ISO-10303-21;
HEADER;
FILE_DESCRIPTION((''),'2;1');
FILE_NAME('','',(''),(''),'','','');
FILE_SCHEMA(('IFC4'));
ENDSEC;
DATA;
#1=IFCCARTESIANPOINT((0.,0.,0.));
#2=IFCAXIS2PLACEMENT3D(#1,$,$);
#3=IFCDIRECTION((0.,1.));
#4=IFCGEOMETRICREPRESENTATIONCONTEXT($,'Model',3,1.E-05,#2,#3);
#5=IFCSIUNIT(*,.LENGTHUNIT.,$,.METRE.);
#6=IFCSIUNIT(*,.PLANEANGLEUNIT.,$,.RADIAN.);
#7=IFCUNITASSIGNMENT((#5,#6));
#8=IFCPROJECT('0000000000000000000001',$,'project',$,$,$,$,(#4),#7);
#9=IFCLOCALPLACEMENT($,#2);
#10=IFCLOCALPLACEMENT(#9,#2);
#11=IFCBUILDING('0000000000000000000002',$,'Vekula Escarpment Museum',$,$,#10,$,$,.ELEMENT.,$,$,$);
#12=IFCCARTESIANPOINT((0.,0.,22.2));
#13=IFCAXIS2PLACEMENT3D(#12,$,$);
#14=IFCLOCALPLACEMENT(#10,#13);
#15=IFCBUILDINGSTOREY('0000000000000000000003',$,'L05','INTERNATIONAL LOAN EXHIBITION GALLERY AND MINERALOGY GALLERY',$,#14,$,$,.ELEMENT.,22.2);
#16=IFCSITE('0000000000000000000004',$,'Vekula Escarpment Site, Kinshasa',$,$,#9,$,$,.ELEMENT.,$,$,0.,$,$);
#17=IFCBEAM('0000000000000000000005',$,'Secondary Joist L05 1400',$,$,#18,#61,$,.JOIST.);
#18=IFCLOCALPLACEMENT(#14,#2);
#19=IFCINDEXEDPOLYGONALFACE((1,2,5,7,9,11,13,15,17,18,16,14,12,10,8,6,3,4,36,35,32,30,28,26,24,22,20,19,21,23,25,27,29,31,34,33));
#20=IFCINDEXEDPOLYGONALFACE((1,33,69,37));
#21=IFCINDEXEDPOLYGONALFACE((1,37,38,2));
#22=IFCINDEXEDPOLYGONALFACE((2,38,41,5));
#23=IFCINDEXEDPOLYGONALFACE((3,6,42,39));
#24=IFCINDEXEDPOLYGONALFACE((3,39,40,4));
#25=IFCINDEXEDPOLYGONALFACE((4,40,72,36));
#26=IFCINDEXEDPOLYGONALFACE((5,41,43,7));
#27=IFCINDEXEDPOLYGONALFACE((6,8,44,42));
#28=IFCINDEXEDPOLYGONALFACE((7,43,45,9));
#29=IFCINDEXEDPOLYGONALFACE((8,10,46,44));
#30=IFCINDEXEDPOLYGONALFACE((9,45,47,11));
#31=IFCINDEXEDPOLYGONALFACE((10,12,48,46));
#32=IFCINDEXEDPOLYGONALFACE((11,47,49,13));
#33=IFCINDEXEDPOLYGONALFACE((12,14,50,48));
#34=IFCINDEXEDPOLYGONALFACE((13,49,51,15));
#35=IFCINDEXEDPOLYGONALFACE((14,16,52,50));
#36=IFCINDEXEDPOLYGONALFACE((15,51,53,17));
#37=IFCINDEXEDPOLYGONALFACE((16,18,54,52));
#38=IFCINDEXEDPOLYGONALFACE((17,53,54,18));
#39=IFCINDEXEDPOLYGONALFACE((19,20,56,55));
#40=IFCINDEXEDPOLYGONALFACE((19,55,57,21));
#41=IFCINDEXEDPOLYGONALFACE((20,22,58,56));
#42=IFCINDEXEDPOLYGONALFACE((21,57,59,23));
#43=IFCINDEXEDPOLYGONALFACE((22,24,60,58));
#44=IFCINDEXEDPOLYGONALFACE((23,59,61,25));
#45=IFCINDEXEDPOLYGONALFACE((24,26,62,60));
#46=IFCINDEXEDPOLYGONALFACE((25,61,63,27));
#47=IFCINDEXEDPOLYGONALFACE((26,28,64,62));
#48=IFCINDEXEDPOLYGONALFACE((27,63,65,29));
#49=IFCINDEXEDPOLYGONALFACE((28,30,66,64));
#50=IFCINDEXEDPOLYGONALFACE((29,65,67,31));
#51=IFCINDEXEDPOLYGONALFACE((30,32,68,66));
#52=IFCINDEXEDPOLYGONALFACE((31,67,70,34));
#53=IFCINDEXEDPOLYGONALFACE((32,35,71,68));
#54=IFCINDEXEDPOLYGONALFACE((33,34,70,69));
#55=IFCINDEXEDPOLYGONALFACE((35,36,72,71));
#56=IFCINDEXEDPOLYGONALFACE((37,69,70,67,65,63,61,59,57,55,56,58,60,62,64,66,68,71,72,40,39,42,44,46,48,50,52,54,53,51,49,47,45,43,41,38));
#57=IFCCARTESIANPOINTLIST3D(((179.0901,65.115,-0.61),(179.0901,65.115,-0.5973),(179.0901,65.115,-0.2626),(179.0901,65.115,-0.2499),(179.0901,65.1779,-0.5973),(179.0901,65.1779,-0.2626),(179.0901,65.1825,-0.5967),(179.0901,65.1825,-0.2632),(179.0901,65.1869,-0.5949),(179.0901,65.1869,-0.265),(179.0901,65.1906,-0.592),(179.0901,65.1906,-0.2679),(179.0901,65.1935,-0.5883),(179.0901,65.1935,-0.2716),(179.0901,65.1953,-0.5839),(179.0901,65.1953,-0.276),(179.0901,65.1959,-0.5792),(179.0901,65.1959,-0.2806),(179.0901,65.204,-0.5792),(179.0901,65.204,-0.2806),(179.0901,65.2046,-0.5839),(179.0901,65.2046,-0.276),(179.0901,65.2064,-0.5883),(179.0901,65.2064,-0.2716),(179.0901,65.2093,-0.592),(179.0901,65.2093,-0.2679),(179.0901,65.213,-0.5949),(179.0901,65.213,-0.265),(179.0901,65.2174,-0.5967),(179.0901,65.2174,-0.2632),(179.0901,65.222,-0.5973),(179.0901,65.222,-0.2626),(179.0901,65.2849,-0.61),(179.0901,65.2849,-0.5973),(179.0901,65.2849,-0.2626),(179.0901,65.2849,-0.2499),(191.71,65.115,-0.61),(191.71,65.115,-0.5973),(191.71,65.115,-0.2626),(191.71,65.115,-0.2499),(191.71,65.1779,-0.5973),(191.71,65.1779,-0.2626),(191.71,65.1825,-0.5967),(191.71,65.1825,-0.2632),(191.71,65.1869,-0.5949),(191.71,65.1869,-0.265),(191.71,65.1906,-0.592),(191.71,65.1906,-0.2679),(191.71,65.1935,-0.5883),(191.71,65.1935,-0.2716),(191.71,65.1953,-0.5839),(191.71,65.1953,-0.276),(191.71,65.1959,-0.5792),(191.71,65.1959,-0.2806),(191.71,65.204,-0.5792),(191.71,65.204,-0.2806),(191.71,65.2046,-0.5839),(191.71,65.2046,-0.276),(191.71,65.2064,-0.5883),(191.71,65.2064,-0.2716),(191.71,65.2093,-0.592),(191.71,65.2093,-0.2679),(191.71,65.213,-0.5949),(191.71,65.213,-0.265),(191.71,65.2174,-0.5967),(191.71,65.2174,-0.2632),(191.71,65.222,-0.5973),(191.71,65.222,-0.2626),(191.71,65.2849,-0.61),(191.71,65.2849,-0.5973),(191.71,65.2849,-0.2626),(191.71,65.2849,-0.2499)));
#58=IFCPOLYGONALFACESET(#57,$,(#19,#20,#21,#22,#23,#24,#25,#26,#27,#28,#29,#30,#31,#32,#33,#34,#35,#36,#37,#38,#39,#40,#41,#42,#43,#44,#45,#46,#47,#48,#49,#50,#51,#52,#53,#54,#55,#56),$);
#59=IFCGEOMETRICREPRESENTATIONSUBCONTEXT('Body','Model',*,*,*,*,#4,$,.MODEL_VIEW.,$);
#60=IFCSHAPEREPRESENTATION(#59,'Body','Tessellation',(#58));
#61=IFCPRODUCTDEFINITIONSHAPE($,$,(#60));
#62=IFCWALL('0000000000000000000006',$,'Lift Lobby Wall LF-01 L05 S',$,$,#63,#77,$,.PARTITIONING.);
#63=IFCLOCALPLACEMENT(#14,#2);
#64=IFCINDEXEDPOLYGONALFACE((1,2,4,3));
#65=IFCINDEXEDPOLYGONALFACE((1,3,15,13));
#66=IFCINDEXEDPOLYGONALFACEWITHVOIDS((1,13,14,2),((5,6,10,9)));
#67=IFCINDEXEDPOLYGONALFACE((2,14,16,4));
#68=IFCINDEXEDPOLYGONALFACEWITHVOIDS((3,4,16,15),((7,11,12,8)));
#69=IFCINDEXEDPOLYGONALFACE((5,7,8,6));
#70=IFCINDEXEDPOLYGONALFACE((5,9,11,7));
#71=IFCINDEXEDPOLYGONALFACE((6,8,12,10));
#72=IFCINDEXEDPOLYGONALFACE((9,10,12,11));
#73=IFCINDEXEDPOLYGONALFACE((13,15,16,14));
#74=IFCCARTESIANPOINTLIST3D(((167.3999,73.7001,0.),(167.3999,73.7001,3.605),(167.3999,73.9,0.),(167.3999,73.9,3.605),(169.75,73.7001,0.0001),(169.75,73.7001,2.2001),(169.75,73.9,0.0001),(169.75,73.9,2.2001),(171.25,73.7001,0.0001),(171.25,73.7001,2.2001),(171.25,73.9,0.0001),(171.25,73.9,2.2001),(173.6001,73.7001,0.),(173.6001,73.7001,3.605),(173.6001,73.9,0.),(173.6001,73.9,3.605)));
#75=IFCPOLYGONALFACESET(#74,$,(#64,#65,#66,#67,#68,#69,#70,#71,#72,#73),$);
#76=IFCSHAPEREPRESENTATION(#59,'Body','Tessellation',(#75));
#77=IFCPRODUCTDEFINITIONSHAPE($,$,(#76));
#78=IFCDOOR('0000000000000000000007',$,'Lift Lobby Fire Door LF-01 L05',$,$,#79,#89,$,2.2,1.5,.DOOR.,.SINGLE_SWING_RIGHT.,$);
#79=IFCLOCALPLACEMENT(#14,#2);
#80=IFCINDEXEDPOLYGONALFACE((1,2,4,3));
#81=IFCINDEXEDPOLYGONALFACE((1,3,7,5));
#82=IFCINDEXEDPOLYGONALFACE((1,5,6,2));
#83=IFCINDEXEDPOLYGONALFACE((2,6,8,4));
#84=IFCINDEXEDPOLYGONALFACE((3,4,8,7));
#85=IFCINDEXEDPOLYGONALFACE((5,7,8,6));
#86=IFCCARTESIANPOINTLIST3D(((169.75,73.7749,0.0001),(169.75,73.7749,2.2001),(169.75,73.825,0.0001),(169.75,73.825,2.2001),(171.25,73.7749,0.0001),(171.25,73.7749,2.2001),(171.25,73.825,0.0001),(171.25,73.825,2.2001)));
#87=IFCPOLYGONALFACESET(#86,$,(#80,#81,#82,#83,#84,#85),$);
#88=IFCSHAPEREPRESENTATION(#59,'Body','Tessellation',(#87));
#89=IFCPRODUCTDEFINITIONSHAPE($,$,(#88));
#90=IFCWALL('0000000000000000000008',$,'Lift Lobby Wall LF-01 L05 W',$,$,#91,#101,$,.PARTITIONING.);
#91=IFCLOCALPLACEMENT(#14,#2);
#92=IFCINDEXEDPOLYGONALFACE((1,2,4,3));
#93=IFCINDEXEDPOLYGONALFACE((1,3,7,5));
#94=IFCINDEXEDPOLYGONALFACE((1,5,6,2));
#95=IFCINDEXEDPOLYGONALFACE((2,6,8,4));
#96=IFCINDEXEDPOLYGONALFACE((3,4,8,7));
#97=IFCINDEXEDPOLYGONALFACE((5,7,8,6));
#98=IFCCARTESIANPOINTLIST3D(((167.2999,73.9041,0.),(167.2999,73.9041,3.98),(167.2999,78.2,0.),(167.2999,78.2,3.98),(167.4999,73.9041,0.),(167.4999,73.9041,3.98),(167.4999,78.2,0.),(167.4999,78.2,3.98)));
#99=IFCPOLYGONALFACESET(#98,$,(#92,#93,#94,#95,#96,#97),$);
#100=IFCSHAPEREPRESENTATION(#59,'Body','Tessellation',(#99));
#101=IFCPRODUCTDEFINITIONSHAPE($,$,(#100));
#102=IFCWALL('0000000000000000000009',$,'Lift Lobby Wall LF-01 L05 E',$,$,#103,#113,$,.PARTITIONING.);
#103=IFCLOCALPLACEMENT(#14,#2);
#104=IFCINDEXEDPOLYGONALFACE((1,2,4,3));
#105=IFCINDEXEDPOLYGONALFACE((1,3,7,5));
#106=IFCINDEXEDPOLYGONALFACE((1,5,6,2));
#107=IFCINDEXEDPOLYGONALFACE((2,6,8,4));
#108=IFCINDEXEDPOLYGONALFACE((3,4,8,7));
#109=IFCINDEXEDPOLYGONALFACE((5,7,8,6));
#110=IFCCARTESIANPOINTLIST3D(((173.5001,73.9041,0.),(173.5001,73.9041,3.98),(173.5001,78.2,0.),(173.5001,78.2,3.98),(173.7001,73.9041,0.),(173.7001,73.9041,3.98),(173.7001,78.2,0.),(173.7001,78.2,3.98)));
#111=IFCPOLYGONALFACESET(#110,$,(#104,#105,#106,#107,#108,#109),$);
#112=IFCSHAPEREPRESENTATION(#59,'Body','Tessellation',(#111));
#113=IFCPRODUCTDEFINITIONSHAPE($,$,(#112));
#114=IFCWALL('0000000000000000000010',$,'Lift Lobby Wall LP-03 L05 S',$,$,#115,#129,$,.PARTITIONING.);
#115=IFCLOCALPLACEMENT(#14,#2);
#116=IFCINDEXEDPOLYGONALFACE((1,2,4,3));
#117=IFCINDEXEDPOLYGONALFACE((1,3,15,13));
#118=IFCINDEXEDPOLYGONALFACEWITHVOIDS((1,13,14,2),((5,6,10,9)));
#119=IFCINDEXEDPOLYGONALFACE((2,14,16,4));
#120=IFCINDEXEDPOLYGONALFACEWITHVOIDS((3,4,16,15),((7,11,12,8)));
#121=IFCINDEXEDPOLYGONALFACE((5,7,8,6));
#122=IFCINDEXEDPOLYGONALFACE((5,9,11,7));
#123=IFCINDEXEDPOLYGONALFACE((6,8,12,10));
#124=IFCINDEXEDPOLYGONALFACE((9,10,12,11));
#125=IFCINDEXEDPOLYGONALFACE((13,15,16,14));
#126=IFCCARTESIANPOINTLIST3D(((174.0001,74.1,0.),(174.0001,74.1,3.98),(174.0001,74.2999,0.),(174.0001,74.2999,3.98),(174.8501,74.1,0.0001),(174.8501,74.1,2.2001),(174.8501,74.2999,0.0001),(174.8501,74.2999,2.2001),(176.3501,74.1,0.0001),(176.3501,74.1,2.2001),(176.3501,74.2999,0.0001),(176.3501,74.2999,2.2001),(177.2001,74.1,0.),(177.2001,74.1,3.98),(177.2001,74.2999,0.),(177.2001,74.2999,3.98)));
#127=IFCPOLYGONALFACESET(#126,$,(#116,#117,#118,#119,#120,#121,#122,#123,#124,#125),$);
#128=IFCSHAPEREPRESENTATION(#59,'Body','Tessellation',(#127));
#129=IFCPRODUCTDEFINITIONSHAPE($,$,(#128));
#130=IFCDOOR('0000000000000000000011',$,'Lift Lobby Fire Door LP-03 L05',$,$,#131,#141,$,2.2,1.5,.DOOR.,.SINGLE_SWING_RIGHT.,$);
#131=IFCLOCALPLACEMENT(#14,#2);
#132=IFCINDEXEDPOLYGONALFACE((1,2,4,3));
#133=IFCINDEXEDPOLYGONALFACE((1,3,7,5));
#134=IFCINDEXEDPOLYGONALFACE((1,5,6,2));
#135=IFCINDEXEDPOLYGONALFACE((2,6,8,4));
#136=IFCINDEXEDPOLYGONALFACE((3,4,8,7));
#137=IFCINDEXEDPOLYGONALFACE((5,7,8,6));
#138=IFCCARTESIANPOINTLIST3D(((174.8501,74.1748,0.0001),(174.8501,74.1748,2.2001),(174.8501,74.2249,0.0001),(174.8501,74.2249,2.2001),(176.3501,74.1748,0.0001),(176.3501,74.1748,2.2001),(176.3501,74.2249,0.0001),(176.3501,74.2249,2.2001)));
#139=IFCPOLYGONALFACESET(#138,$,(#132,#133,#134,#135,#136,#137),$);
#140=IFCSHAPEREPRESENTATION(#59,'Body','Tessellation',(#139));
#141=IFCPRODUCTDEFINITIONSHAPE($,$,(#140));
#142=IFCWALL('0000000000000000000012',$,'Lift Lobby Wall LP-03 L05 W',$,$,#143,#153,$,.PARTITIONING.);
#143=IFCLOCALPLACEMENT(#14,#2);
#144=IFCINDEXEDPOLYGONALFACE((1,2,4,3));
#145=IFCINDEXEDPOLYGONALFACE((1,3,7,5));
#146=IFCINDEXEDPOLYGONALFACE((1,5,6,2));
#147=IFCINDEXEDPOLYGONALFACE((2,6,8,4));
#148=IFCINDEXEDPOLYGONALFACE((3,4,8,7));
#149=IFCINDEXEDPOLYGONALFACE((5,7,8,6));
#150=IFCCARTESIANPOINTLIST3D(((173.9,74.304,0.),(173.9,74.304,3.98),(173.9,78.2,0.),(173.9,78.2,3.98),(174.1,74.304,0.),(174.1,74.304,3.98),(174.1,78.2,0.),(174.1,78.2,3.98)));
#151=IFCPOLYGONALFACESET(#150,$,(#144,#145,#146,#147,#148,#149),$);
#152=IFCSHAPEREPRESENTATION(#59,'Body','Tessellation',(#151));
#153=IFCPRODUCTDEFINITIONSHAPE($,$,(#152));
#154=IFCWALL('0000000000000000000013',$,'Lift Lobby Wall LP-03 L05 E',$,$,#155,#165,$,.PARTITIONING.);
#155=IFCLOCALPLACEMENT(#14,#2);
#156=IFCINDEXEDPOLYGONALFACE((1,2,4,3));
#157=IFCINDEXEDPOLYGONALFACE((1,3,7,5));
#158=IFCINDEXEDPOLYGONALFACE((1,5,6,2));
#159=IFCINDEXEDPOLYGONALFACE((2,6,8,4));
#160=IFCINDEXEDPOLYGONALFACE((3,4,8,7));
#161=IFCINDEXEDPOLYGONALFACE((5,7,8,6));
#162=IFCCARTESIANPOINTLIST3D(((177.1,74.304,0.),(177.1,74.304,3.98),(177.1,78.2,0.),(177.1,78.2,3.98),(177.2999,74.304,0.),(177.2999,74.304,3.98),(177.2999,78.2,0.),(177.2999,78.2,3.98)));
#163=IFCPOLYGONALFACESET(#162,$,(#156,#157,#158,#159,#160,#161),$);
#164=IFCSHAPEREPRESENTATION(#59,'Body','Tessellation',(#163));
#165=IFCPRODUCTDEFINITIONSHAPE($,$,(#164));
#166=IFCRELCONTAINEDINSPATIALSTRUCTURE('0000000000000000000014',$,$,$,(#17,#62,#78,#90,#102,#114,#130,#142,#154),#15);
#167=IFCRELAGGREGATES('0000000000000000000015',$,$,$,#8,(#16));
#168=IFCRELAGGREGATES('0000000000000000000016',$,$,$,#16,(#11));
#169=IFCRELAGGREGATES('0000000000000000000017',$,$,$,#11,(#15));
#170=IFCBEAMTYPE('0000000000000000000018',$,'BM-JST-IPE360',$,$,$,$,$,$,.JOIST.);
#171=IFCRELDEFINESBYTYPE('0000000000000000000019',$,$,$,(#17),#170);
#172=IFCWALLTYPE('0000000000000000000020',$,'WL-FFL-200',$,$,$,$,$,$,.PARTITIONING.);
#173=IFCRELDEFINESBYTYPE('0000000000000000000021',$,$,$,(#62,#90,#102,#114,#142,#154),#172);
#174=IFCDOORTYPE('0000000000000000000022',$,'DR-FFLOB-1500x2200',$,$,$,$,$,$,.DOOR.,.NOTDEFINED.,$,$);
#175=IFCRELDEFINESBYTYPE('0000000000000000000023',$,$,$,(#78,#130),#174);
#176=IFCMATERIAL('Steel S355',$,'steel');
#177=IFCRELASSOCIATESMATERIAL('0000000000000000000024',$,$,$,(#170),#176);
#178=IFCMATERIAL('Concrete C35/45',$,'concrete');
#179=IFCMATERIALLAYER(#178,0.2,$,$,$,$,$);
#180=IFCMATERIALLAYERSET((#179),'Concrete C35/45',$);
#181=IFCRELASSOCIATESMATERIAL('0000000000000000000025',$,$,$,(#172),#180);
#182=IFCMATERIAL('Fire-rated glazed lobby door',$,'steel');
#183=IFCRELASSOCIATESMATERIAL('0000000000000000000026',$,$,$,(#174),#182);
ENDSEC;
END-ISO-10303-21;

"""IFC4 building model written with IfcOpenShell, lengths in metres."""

from ifc_helpers import new_model, si_unit, direction, frame, frame_2d, origin, origin_2d, place, context, subcontext, project, spatial, rectangle, i_section, extrude, material, layer, layer_set, material_profile, profile_set, type_object, element, fill, save


model = new_model("IFC4")

# Units and contexts
model_context = context("Model", 3, precision=1e-05, world=origin(), true_north=direction((0.0, 1.0)))
body_context = subcontext(model_context, "Body", "Model", "MODEL_VIEW")
ifc_project = project(units=[si_unit("LENGTHUNIT", "METRE"), si_unit("PLANEANGLEUNIT", "RADIAN")], contexts=[model_context])

# Site, building, storey
site_placement = place(None, origin())
site = spatial("IfcSite", under=ifc_project, at=site_placement, Name="Vekula Escarpment Site, Kinshasa", CompositionType="ELEMENT", RefElevation=0.0)
building_placement = place(site_placement, origin())
building = spatial("IfcBuilding", under=site, at=building_placement, Name="Vekula Escarpment Museum", CompositionType="ELEMENT")
storey_placement = place(building_placement, frame((0.0, 0.0, 22.2)))
storey = spatial("IfcBuildingStorey", under=building, at=storey_placement, Name="L05", Description="INTERNATIONAL LOAN EXHIBITION GALLERY AND MINERALOGY GALLERY", CompositionType="ELEMENT", Elevation=22.2)

# Beam
ifc_material_1 = material(Name="Steel S355", Category="steel")
ifc_material_profile_1 = material_profile(ifc_material_1, i_section(OverallWidth=0.1699, OverallDepth=0.3601, WebThickness=0.0081, FlangeThickness=0.0127, FilletRadius=0.0181, at=origin_2d()), Name="IPE 360")
ifc_profile_set_1 = profile_set([ifc_material_profile_1], Name="Steel S355")
beam_type_1 = type_object("IfcBeamType", Name="BM-JST-IPE360", PredefinedType="JOIST", material=ifc_profile_set_1)
for number, where, z_axis, x_axis, name in (
    (1, (179.0901, 65.2, -0.4299), (1.0, 0.0, 0.0), (0.0, 1.0, 0.0), "Secondary Joist L05 1400"),
):
    element("IfcBeam", number, at=place(storey_placement, frame(where, z_axis=z_axis, x_axis=x_axis)), inside=storey, type_object=beam_type_1, Name=name, PredefinedType="JOIST", context=body_context, shape_type="SweptSolid", body=[
        extrude(i_section(OverallWidth=0.1699, OverallDepth=0.3601, WebThickness=0.0081, FlangeThickness=0.0127, FilletRadius=0.0181, at=origin_2d()), origin(), (0.0, 0.0, 1.0), 12.6199),
    ])

# Wall, opening, door
ifc_material_2 = material(Name="Concrete C35/45", Category="concrete")
ifc_layer_1 = layer(ifc_material_2, 0.2)
ifc_layer_set_1 = layer_set([ifc_layer_1], Name="Concrete C35/45")
wall_type_1 = type_object("IfcWallType", Name="WL-FFL-200", PredefinedType="PARTITIONING", material=ifc_layer_set_1)
wall_1_placement = place(storey_placement, frame((167.3999, 73.8, 0.0), z_axis=(0.0, 0.0, 1.0), x_axis=(1.0, 0.0, 0.0)))
wall_1 = element("IfcWall", 2, at=wall_1_placement, inside=storey, type_object=wall_type_1, Name="Lift Lobby Wall LF-01 L05 S", PredefinedType="PARTITIONING", context=body_context, shape_type="SweptSolid", body=[
    extrude(rectangle(XDim=6.2002, YDim=0.2, at=frame_2d((3.1001, 0.0))), origin(), (0.0, 0.0, 1.0), 3.605),
])
opening_1_placement = place(wall_1_placement, frame((2.3501, 0.0, 0.0)))
opening_1 = element("IfcOpeningElement", 3, at=opening_1_placement, cuts=wall_1, PredefinedType="OPENING", context=body_context, shape_type="SweptSolid", body=[
    extrude(rectangle(XDim=1.5, YDim=2.2, at=frame_2d((0.75, 1.1001))), frame((0.0, 0.1099, 0.0), z_axis=(0.0, -1.0, 0.0), x_axis=(1.0, 0.0, 0.0)), (0.0, 0.0, 1.0), 0.22),
])
ifc_material_3 = material(Name="Fire-rated glazed lobby door", Category="steel")
door_type_1 = type_object("IfcDoorType", Name="DR-FFLOB-1500x2200", OperationType="NOTDEFINED", PredefinedType="DOOR", material=ifc_material_3)
door_1_placement = place(opening_1_placement, origin())
door_1 = element("IfcDoor", 4, at=door_1_placement, inside=storey, type_object=door_type_1, Name="Lift Lobby Fire Door LF-01 L05", OperationType="SINGLE_SWING_RIGHT", OverallHeight=2.2, OverallWidth=1.5, PredefinedType="DOOR", context=body_context, shape_type="SweptSolid", body=[
    extrude(rectangle(XDim=1.5, YDim=2.2, at=frame_2d((0.75, 1.1001))), frame((0.0, 0.0249, 0.0), z_axis=(0.0, -1.0, 0.0), x_axis=(1.0, 0.0, 0.0)), (0.0, 0.0, 1.0), 0.05),
])
fill(opening_1, door_1)

# Walls
for number, where, z_axis, x_axis, name in (
    (5, (167.3999, 73.9041, 0.0), (0.0, 0.0, 1.0), (0.0, 1.0, 0.0), "Lift Lobby Wall LF-01 L05 W"),
    (6, (173.6001, 73.9041, 0.0), (0.0, 0.0, 1.0), (0.0, 1.0, 0.0), "Lift Lobby Wall LF-01 L05 E"),
):
    element("IfcWall", number, at=place(storey_placement, frame(where, z_axis=z_axis, x_axis=x_axis)), inside=storey, type_object=wall_type_1, Name=name, PredefinedType="PARTITIONING", context=body_context, shape_type="SweptSolid", body=[
        extrude(rectangle(XDim=4.2959, YDim=0.2, at=frame_2d((2.1479, 0.0))), origin(), (0.0, 0.0, 1.0), 3.98),
    ])

# Wall, opening, door
wall_2_placement = place(storey_placement, frame((174.0, 74.2, 0.0), z_axis=(0.0, 0.0, 1.0), x_axis=(1.0, 0.0, 0.0)))
wall_2 = element("IfcWall", 7, at=wall_2_placement, inside=storey, type_object=wall_type_1, Name="Lift Lobby Wall LP-03 L05 S", PredefinedType="PARTITIONING", context=body_context, shape_type="SweptSolid", body=[
    extrude(rectangle(XDim=3.2, YDim=0.2, at=frame_2d((1.6001, 0.0))), origin(), (0.0, 0.0, 1.0), 3.98),
])
opening_2_placement = place(wall_2_placement, frame((0.8501, 0.0, 0.0)))
opening_2 = element("IfcOpeningElement", 8, at=opening_2_placement, cuts=wall_2, PredefinedType="OPENING", context=body_context, shape_type="SweptSolid", body=[
    extrude(rectangle(XDim=1.5, YDim=2.2, at=frame_2d((0.75, 1.1001))), frame((0.0, 0.1099, 0.0), z_axis=(0.0, -1.0, 0.0), x_axis=(1.0, 0.0, 0.0)), (0.0, 0.0, 1.0), 0.22),
])
door_2_placement = place(opening_2_placement, origin())
door_2 = element("IfcDoor", 9, at=door_2_placement, inside=storey, type_object=door_type_1, Name="Lift Lobby Fire Door LP-03 L05", OperationType="SINGLE_SWING_RIGHT", OverallHeight=2.2, OverallWidth=1.5, PredefinedType="DOOR", context=body_context, shape_type="SweptSolid", body=[
    extrude(rectangle(XDim=1.5, YDim=2.2, at=frame_2d((0.75, 1.1001))), frame((0.0, 0.0249, 0.0), z_axis=(0.0, -1.0, 0.0), x_axis=(1.0, 0.0, 0.0)), (0.0, 0.0, 1.0), 0.05),
])
fill(opening_2, door_2)

# Walls
for number, where, z_axis, x_axis, name in (
    (10, (174.0, 74.304, 0.0), (0.0, 0.0, 1.0), (0.0, 1.0, 0.0), "Lift Lobby Wall LP-03 L05 W"),
    (11, (177.2, 74.304, 0.0), (0.0, 0.0, 1.0), (0.0, 1.0, 0.0), "Lift Lobby Wall LP-03 L05 E"),
):
    element("IfcWall", number, at=place(storey_placement, frame(where, z_axis=z_axis, x_axis=x_axis)), inside=storey, type_object=wall_type_1, Name=name, PredefinedType="PARTITIONING", context=body_context, shape_type="SweptSolid", body=[
        extrude(rectangle(XDim=3.896, YDim=0.2, at=frame_2d((1.948, 0.0))), origin(), (0.0, 0.0, 1.0), 3.98),
    ])

save(model, "model.ifc")
